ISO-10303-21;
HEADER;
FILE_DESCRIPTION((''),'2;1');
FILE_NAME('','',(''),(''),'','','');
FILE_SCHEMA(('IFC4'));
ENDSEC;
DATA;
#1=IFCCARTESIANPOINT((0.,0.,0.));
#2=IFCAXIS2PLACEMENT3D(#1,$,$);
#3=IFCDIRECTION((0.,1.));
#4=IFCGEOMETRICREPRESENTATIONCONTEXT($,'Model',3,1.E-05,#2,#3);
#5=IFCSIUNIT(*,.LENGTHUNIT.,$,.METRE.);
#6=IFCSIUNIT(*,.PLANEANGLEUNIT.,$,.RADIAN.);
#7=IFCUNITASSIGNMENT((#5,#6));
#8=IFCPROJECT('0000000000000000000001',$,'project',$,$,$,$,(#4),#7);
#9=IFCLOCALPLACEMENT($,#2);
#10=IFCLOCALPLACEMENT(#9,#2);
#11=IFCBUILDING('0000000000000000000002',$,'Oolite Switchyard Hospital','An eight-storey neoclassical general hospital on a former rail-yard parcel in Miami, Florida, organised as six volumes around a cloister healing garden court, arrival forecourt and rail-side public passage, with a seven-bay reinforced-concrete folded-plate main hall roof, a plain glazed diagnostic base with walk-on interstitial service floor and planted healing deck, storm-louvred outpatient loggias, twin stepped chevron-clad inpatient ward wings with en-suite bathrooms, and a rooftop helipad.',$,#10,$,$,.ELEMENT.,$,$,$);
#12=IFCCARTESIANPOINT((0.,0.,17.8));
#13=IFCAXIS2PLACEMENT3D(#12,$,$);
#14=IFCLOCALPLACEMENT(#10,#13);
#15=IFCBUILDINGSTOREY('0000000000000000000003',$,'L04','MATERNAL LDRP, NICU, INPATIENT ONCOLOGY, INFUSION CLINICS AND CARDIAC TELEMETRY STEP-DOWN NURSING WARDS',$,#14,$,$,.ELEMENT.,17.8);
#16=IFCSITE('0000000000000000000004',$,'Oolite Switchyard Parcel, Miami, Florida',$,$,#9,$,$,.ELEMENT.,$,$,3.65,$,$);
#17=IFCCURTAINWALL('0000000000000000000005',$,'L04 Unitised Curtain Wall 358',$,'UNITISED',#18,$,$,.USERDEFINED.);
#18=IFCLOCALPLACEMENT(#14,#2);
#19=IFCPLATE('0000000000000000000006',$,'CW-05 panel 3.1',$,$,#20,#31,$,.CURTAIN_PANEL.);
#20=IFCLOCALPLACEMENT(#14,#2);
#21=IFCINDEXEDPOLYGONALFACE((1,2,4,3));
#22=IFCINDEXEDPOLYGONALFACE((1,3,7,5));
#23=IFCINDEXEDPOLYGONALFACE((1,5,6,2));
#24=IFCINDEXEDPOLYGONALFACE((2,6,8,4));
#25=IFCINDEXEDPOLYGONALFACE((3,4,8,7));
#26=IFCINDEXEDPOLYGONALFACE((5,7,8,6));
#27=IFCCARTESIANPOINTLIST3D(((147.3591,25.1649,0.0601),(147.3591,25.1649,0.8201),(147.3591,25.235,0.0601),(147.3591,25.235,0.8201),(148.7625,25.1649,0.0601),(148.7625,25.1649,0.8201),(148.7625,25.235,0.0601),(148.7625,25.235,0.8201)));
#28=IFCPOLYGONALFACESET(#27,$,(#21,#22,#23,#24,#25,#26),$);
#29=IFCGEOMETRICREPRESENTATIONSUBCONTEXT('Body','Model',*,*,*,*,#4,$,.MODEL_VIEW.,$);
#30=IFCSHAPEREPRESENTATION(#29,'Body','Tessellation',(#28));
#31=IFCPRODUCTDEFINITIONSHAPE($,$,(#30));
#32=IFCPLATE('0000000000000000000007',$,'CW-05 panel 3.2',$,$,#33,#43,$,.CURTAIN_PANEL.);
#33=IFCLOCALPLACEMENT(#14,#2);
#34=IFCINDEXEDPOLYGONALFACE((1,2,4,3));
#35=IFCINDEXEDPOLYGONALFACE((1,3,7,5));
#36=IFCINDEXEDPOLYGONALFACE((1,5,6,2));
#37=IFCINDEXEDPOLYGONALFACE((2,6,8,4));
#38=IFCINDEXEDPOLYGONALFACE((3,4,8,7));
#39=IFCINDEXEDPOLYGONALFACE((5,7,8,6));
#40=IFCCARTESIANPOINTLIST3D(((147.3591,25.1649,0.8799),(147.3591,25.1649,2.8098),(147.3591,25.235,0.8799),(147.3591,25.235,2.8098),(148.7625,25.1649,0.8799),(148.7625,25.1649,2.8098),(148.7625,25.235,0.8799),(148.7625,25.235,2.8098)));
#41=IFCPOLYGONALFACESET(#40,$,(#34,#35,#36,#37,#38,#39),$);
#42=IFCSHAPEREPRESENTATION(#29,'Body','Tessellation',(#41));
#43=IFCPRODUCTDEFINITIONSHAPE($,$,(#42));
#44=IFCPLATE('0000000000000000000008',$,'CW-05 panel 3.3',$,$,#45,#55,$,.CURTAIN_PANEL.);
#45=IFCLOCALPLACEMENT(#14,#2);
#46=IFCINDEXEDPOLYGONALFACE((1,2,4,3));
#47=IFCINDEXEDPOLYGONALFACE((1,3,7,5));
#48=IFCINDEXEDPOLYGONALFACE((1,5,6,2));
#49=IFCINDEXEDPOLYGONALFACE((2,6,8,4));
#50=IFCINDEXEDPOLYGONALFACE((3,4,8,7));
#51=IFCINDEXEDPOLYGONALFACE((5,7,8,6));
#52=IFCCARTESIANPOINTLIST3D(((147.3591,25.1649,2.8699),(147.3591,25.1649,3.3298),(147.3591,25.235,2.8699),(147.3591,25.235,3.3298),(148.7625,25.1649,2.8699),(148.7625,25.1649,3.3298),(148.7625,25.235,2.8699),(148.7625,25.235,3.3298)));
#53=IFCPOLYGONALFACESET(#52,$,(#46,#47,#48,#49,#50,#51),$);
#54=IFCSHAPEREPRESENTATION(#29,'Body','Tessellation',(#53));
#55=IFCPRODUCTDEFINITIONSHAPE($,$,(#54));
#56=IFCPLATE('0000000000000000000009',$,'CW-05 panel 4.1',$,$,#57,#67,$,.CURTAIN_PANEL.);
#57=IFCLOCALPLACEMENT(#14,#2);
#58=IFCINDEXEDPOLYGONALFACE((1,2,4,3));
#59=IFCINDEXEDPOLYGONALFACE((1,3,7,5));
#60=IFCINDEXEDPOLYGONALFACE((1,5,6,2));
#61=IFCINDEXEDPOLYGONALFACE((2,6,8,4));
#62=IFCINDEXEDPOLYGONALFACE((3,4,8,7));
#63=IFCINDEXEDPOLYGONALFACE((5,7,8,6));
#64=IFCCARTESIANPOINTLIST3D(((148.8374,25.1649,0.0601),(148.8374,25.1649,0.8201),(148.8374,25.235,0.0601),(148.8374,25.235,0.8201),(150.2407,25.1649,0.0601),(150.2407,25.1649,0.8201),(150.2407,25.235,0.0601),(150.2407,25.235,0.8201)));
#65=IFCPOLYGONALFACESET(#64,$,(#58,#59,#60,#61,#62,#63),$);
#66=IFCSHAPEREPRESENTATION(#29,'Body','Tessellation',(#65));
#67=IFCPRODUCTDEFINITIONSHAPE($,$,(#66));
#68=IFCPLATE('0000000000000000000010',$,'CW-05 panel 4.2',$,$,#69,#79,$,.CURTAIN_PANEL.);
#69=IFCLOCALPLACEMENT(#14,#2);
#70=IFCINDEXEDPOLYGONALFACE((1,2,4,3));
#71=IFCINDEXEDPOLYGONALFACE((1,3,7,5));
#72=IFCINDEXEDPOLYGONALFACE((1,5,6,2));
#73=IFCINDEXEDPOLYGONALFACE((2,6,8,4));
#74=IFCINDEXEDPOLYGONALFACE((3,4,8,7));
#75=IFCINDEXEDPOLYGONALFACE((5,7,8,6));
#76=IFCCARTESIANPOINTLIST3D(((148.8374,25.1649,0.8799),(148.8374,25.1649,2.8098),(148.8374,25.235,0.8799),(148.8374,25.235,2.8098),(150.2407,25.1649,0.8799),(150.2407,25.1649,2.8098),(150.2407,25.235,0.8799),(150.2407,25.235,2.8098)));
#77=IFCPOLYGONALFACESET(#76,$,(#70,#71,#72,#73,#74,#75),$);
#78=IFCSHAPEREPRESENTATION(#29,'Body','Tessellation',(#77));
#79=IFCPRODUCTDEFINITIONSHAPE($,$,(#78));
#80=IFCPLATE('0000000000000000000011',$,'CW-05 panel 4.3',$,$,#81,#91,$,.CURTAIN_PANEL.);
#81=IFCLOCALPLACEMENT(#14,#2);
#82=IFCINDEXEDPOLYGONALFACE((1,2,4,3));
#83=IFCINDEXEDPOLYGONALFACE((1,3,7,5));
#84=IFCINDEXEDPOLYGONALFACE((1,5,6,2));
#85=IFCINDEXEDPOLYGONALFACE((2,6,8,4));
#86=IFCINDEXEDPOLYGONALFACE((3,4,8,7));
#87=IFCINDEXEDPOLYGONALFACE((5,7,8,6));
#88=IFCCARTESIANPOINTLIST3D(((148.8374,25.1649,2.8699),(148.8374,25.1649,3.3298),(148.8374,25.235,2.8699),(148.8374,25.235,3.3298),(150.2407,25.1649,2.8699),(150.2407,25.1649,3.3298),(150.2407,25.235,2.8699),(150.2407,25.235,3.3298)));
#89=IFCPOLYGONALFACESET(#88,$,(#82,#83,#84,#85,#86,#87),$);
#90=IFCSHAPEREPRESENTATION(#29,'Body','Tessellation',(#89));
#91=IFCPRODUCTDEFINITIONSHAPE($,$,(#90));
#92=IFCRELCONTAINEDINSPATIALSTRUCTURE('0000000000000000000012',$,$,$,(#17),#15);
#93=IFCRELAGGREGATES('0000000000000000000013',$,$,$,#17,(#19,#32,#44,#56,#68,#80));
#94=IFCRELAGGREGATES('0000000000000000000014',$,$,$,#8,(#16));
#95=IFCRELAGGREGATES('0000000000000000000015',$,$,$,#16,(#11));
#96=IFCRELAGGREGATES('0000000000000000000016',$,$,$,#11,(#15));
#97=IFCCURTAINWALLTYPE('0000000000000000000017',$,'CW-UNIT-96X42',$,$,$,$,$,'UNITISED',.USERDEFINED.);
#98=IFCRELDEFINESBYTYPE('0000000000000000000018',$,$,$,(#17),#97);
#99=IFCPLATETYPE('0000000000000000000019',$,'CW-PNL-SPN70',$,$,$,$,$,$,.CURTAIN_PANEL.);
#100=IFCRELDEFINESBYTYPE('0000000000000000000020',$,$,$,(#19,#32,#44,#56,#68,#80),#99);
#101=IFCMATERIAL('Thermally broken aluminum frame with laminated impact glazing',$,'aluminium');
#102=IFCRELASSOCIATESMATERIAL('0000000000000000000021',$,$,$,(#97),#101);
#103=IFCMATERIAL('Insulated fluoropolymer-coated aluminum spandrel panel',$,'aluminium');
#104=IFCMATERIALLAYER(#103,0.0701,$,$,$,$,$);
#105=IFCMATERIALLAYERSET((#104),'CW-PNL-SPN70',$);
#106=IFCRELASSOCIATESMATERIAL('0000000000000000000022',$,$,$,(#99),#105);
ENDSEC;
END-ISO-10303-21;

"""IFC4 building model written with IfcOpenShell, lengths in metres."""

from ifc_helpers import new_model, si_unit, direction, frame, origin, origin_2d, place, context, subcontext, project, spatial, rectangle, extrude, material, layer, layer_set, type_object, element, aggregate, save


model = new_model("IFC4")

# Units and contexts
model_context = context("Model", 3, precision=1e-05, world=origin(), true_north=direction((0.0, 1.0)))
body_context = subcontext(model_context, "Body", "Model", "MODEL_VIEW")
ifc_project = project(units=[si_unit("LENGTHUNIT", "METRE"), si_unit("PLANEANGLEUNIT", "RADIAN")], contexts=[model_context])

# Site, building, storey
site_placement = place(None, origin())
site = spatial("IfcSite", under=ifc_project, at=site_placement, Name="Oolite Switchyard Parcel, Miami, Florida", CompositionType="ELEMENT", RefElevation=3.65)
building_placement = place(site_placement, origin())
building = spatial("IfcBuilding", under=site, at=building_placement, Name="Oolite Switchyard Hospital", Description="An eight-storey neoclassical general hospital on a former rail-yard parcel in Miami, Florida, organised as six volumes around a cloister healing garden court, arrival forecourt and rail-side public passage, with a seven-bay reinforced-concrete folded-plate main hall roof, a plain glazed diagnostic base with walk-on interstitial service floor and planted healing deck, storm-louvred outpatient loggias, twin stepped chevron-clad inpatient ward wings with en-suite bathrooms, and a rooftop helipad.", CompositionType="ELEMENT")
storey_placement = place(building_placement, frame((0.0, 0.0, 17.8)))
storey = spatial("IfcBuildingStorey", under=building, at=storey_placement, Name="L04", Description="MATERNAL LDRP, NICU, INPATIENT ONCOLOGY, INFUSION CLINICS AND CARDIAC TELEMETRY STEP-DOWN NURSING WARDS", CompositionType="ELEMENT", Elevation=17.8)

# Curtain wall, plates
ifc_material_1 = material(Name="Thermally broken aluminum frame with laminated impact glazing", Category="aluminium")
curtain_wall_type = type_object("IfcCurtainWallType", Name="CW-UNIT-96X42", ElementType="UNITISED", PredefinedType="USERDEFINED", material=ifc_material_1)
curtain_wall_placement = place(storey_placement, origin())
curtain_wall = element("IfcCurtainWall", 1, at=curtain_wall_placement, inside=storey, type_object=curtain_wall_type, Name="L04 Unitised Curtain Wall 358", ObjectType="UNITISED", PredefinedType="USERDEFINED")
ifc_material_2 = material(Name="Insulated fluoropolymer-coated aluminum spandrel panel", Category="aluminium")
ifc_layer = layer(ifc_material_2, 0.0701)
ifc_layer_set = layer_set([ifc_layer], Name="CW-PNL-SPN70")
plate_type = type_object("IfcPlateType", Name="CW-PNL-SPN70", PredefinedType="CURTAIN_PANEL", material=ifc_layer_set)
plate_1_placement = place(storey_placement, frame((148.0608, 25.2, 0.0601), z_axis=(0.0, 0.0, 1.0), x_axis=(1.0, 0.0, 0.0)))
plate_1 = element("IfcPlate", 2, at=plate_1_placement, type_object=plate_type, Name="CW-05 panel 3.1", PredefinedType="CURTAIN_PANEL", context=body_context, shape_type="SweptSolid", body=[
    extrude(rectangle(XDim=1.4033, YDim=0.0701, at=origin_2d()), origin(), (0.0, 0.0, 1.0), 0.76),
])
plate_2_placement = place(storey_placement, frame((148.0608, 25.2, 0.8799), z_axis=(0.0, 0.0, 1.0), x_axis=(1.0, 0.0, 0.0)))
plate_2 = element("IfcPlate", 3, at=plate_2_placement, type_object=plate_type, Name="CW-05 panel 3.2", PredefinedType="CURTAIN_PANEL", context=body_context, shape_type="SweptSolid", body=[
    extrude(rectangle(XDim=1.4033, YDim=0.0701, at=origin_2d()), origin(), (0.0, 0.0, 1.0), 1.9299),
])
plate_3_placement = place(storey_placement, frame((148.0608, 25.2, 2.8699), z_axis=(0.0, 0.0, 1.0), x_axis=(1.0, 0.0, 0.0)))
plate_3 = element("IfcPlate", 4, at=plate_3_placement, type_object=plate_type, Name="CW-05 panel 3.3", PredefinedType="CURTAIN_PANEL", context=body_context, shape_type="SweptSolid", body=[
    extrude(rectangle(XDim=1.4033, YDim=0.0701, at=origin_2d()), origin(), (0.0, 0.0, 1.0), 0.46),
])
plate_4_placement = place(storey_placement, frame((149.5391, 25.2, 0.0601), z_axis=(0.0, 0.0, 1.0), x_axis=(1.0, 0.0, 0.0)))
plate_4 = element("IfcPlate", 5, at=plate_4_placement, type_object=plate_type, Name="CW-05 panel 4.1", PredefinedType="CURTAIN_PANEL", context=body_context, shape_type="SweptSolid", body=[
    extrude(rectangle(XDim=1.4033, YDim=0.0701, at=origin_2d()), origin(), (0.0, 0.0, 1.0), 0.76),
])
plate_5_placement = place(storey_placement, frame((149.5391, 25.2, 0.8799), z_axis=(0.0, 0.0, 1.0), x_axis=(1.0, 0.0, 0.0)))
plate_5 = element("IfcPlate", 6, at=plate_5_placement, type_object=plate_type, Name="CW-05 panel 4.2", PredefinedType="CURTAIN_PANEL", context=body_context, shape_type="SweptSolid", body=[
    extrude(rectangle(XDim=1.4033, YDim=0.0701, at=origin_2d()), origin(), (0.0, 0.0, 1.0), 1.9299),
])
plate_6_placement = place(storey_placement, frame((149.5391, 25.2, 2.8699), z_axis=(0.0, 0.0, 1.0), x_axis=(1.0, 0.0, 0.0)))
plate_6 = element("IfcPlate", 7, at=plate_6_placement, type_object=plate_type, Name="CW-05 panel 4.3", PredefinedType="CURTAIN_PANEL", context=body_context, shape_type="SweptSolid", body=[
    extrude(rectangle(XDim=1.4033, YDim=0.0701, at=origin_2d()), origin(), (0.0, 0.0, 1.0), 0.46),
])
aggregate(curtain_wall, [plate_1, plate_2, plate_3, plate_4, plate_5, plate_6])

save(model, "model.ifc")
